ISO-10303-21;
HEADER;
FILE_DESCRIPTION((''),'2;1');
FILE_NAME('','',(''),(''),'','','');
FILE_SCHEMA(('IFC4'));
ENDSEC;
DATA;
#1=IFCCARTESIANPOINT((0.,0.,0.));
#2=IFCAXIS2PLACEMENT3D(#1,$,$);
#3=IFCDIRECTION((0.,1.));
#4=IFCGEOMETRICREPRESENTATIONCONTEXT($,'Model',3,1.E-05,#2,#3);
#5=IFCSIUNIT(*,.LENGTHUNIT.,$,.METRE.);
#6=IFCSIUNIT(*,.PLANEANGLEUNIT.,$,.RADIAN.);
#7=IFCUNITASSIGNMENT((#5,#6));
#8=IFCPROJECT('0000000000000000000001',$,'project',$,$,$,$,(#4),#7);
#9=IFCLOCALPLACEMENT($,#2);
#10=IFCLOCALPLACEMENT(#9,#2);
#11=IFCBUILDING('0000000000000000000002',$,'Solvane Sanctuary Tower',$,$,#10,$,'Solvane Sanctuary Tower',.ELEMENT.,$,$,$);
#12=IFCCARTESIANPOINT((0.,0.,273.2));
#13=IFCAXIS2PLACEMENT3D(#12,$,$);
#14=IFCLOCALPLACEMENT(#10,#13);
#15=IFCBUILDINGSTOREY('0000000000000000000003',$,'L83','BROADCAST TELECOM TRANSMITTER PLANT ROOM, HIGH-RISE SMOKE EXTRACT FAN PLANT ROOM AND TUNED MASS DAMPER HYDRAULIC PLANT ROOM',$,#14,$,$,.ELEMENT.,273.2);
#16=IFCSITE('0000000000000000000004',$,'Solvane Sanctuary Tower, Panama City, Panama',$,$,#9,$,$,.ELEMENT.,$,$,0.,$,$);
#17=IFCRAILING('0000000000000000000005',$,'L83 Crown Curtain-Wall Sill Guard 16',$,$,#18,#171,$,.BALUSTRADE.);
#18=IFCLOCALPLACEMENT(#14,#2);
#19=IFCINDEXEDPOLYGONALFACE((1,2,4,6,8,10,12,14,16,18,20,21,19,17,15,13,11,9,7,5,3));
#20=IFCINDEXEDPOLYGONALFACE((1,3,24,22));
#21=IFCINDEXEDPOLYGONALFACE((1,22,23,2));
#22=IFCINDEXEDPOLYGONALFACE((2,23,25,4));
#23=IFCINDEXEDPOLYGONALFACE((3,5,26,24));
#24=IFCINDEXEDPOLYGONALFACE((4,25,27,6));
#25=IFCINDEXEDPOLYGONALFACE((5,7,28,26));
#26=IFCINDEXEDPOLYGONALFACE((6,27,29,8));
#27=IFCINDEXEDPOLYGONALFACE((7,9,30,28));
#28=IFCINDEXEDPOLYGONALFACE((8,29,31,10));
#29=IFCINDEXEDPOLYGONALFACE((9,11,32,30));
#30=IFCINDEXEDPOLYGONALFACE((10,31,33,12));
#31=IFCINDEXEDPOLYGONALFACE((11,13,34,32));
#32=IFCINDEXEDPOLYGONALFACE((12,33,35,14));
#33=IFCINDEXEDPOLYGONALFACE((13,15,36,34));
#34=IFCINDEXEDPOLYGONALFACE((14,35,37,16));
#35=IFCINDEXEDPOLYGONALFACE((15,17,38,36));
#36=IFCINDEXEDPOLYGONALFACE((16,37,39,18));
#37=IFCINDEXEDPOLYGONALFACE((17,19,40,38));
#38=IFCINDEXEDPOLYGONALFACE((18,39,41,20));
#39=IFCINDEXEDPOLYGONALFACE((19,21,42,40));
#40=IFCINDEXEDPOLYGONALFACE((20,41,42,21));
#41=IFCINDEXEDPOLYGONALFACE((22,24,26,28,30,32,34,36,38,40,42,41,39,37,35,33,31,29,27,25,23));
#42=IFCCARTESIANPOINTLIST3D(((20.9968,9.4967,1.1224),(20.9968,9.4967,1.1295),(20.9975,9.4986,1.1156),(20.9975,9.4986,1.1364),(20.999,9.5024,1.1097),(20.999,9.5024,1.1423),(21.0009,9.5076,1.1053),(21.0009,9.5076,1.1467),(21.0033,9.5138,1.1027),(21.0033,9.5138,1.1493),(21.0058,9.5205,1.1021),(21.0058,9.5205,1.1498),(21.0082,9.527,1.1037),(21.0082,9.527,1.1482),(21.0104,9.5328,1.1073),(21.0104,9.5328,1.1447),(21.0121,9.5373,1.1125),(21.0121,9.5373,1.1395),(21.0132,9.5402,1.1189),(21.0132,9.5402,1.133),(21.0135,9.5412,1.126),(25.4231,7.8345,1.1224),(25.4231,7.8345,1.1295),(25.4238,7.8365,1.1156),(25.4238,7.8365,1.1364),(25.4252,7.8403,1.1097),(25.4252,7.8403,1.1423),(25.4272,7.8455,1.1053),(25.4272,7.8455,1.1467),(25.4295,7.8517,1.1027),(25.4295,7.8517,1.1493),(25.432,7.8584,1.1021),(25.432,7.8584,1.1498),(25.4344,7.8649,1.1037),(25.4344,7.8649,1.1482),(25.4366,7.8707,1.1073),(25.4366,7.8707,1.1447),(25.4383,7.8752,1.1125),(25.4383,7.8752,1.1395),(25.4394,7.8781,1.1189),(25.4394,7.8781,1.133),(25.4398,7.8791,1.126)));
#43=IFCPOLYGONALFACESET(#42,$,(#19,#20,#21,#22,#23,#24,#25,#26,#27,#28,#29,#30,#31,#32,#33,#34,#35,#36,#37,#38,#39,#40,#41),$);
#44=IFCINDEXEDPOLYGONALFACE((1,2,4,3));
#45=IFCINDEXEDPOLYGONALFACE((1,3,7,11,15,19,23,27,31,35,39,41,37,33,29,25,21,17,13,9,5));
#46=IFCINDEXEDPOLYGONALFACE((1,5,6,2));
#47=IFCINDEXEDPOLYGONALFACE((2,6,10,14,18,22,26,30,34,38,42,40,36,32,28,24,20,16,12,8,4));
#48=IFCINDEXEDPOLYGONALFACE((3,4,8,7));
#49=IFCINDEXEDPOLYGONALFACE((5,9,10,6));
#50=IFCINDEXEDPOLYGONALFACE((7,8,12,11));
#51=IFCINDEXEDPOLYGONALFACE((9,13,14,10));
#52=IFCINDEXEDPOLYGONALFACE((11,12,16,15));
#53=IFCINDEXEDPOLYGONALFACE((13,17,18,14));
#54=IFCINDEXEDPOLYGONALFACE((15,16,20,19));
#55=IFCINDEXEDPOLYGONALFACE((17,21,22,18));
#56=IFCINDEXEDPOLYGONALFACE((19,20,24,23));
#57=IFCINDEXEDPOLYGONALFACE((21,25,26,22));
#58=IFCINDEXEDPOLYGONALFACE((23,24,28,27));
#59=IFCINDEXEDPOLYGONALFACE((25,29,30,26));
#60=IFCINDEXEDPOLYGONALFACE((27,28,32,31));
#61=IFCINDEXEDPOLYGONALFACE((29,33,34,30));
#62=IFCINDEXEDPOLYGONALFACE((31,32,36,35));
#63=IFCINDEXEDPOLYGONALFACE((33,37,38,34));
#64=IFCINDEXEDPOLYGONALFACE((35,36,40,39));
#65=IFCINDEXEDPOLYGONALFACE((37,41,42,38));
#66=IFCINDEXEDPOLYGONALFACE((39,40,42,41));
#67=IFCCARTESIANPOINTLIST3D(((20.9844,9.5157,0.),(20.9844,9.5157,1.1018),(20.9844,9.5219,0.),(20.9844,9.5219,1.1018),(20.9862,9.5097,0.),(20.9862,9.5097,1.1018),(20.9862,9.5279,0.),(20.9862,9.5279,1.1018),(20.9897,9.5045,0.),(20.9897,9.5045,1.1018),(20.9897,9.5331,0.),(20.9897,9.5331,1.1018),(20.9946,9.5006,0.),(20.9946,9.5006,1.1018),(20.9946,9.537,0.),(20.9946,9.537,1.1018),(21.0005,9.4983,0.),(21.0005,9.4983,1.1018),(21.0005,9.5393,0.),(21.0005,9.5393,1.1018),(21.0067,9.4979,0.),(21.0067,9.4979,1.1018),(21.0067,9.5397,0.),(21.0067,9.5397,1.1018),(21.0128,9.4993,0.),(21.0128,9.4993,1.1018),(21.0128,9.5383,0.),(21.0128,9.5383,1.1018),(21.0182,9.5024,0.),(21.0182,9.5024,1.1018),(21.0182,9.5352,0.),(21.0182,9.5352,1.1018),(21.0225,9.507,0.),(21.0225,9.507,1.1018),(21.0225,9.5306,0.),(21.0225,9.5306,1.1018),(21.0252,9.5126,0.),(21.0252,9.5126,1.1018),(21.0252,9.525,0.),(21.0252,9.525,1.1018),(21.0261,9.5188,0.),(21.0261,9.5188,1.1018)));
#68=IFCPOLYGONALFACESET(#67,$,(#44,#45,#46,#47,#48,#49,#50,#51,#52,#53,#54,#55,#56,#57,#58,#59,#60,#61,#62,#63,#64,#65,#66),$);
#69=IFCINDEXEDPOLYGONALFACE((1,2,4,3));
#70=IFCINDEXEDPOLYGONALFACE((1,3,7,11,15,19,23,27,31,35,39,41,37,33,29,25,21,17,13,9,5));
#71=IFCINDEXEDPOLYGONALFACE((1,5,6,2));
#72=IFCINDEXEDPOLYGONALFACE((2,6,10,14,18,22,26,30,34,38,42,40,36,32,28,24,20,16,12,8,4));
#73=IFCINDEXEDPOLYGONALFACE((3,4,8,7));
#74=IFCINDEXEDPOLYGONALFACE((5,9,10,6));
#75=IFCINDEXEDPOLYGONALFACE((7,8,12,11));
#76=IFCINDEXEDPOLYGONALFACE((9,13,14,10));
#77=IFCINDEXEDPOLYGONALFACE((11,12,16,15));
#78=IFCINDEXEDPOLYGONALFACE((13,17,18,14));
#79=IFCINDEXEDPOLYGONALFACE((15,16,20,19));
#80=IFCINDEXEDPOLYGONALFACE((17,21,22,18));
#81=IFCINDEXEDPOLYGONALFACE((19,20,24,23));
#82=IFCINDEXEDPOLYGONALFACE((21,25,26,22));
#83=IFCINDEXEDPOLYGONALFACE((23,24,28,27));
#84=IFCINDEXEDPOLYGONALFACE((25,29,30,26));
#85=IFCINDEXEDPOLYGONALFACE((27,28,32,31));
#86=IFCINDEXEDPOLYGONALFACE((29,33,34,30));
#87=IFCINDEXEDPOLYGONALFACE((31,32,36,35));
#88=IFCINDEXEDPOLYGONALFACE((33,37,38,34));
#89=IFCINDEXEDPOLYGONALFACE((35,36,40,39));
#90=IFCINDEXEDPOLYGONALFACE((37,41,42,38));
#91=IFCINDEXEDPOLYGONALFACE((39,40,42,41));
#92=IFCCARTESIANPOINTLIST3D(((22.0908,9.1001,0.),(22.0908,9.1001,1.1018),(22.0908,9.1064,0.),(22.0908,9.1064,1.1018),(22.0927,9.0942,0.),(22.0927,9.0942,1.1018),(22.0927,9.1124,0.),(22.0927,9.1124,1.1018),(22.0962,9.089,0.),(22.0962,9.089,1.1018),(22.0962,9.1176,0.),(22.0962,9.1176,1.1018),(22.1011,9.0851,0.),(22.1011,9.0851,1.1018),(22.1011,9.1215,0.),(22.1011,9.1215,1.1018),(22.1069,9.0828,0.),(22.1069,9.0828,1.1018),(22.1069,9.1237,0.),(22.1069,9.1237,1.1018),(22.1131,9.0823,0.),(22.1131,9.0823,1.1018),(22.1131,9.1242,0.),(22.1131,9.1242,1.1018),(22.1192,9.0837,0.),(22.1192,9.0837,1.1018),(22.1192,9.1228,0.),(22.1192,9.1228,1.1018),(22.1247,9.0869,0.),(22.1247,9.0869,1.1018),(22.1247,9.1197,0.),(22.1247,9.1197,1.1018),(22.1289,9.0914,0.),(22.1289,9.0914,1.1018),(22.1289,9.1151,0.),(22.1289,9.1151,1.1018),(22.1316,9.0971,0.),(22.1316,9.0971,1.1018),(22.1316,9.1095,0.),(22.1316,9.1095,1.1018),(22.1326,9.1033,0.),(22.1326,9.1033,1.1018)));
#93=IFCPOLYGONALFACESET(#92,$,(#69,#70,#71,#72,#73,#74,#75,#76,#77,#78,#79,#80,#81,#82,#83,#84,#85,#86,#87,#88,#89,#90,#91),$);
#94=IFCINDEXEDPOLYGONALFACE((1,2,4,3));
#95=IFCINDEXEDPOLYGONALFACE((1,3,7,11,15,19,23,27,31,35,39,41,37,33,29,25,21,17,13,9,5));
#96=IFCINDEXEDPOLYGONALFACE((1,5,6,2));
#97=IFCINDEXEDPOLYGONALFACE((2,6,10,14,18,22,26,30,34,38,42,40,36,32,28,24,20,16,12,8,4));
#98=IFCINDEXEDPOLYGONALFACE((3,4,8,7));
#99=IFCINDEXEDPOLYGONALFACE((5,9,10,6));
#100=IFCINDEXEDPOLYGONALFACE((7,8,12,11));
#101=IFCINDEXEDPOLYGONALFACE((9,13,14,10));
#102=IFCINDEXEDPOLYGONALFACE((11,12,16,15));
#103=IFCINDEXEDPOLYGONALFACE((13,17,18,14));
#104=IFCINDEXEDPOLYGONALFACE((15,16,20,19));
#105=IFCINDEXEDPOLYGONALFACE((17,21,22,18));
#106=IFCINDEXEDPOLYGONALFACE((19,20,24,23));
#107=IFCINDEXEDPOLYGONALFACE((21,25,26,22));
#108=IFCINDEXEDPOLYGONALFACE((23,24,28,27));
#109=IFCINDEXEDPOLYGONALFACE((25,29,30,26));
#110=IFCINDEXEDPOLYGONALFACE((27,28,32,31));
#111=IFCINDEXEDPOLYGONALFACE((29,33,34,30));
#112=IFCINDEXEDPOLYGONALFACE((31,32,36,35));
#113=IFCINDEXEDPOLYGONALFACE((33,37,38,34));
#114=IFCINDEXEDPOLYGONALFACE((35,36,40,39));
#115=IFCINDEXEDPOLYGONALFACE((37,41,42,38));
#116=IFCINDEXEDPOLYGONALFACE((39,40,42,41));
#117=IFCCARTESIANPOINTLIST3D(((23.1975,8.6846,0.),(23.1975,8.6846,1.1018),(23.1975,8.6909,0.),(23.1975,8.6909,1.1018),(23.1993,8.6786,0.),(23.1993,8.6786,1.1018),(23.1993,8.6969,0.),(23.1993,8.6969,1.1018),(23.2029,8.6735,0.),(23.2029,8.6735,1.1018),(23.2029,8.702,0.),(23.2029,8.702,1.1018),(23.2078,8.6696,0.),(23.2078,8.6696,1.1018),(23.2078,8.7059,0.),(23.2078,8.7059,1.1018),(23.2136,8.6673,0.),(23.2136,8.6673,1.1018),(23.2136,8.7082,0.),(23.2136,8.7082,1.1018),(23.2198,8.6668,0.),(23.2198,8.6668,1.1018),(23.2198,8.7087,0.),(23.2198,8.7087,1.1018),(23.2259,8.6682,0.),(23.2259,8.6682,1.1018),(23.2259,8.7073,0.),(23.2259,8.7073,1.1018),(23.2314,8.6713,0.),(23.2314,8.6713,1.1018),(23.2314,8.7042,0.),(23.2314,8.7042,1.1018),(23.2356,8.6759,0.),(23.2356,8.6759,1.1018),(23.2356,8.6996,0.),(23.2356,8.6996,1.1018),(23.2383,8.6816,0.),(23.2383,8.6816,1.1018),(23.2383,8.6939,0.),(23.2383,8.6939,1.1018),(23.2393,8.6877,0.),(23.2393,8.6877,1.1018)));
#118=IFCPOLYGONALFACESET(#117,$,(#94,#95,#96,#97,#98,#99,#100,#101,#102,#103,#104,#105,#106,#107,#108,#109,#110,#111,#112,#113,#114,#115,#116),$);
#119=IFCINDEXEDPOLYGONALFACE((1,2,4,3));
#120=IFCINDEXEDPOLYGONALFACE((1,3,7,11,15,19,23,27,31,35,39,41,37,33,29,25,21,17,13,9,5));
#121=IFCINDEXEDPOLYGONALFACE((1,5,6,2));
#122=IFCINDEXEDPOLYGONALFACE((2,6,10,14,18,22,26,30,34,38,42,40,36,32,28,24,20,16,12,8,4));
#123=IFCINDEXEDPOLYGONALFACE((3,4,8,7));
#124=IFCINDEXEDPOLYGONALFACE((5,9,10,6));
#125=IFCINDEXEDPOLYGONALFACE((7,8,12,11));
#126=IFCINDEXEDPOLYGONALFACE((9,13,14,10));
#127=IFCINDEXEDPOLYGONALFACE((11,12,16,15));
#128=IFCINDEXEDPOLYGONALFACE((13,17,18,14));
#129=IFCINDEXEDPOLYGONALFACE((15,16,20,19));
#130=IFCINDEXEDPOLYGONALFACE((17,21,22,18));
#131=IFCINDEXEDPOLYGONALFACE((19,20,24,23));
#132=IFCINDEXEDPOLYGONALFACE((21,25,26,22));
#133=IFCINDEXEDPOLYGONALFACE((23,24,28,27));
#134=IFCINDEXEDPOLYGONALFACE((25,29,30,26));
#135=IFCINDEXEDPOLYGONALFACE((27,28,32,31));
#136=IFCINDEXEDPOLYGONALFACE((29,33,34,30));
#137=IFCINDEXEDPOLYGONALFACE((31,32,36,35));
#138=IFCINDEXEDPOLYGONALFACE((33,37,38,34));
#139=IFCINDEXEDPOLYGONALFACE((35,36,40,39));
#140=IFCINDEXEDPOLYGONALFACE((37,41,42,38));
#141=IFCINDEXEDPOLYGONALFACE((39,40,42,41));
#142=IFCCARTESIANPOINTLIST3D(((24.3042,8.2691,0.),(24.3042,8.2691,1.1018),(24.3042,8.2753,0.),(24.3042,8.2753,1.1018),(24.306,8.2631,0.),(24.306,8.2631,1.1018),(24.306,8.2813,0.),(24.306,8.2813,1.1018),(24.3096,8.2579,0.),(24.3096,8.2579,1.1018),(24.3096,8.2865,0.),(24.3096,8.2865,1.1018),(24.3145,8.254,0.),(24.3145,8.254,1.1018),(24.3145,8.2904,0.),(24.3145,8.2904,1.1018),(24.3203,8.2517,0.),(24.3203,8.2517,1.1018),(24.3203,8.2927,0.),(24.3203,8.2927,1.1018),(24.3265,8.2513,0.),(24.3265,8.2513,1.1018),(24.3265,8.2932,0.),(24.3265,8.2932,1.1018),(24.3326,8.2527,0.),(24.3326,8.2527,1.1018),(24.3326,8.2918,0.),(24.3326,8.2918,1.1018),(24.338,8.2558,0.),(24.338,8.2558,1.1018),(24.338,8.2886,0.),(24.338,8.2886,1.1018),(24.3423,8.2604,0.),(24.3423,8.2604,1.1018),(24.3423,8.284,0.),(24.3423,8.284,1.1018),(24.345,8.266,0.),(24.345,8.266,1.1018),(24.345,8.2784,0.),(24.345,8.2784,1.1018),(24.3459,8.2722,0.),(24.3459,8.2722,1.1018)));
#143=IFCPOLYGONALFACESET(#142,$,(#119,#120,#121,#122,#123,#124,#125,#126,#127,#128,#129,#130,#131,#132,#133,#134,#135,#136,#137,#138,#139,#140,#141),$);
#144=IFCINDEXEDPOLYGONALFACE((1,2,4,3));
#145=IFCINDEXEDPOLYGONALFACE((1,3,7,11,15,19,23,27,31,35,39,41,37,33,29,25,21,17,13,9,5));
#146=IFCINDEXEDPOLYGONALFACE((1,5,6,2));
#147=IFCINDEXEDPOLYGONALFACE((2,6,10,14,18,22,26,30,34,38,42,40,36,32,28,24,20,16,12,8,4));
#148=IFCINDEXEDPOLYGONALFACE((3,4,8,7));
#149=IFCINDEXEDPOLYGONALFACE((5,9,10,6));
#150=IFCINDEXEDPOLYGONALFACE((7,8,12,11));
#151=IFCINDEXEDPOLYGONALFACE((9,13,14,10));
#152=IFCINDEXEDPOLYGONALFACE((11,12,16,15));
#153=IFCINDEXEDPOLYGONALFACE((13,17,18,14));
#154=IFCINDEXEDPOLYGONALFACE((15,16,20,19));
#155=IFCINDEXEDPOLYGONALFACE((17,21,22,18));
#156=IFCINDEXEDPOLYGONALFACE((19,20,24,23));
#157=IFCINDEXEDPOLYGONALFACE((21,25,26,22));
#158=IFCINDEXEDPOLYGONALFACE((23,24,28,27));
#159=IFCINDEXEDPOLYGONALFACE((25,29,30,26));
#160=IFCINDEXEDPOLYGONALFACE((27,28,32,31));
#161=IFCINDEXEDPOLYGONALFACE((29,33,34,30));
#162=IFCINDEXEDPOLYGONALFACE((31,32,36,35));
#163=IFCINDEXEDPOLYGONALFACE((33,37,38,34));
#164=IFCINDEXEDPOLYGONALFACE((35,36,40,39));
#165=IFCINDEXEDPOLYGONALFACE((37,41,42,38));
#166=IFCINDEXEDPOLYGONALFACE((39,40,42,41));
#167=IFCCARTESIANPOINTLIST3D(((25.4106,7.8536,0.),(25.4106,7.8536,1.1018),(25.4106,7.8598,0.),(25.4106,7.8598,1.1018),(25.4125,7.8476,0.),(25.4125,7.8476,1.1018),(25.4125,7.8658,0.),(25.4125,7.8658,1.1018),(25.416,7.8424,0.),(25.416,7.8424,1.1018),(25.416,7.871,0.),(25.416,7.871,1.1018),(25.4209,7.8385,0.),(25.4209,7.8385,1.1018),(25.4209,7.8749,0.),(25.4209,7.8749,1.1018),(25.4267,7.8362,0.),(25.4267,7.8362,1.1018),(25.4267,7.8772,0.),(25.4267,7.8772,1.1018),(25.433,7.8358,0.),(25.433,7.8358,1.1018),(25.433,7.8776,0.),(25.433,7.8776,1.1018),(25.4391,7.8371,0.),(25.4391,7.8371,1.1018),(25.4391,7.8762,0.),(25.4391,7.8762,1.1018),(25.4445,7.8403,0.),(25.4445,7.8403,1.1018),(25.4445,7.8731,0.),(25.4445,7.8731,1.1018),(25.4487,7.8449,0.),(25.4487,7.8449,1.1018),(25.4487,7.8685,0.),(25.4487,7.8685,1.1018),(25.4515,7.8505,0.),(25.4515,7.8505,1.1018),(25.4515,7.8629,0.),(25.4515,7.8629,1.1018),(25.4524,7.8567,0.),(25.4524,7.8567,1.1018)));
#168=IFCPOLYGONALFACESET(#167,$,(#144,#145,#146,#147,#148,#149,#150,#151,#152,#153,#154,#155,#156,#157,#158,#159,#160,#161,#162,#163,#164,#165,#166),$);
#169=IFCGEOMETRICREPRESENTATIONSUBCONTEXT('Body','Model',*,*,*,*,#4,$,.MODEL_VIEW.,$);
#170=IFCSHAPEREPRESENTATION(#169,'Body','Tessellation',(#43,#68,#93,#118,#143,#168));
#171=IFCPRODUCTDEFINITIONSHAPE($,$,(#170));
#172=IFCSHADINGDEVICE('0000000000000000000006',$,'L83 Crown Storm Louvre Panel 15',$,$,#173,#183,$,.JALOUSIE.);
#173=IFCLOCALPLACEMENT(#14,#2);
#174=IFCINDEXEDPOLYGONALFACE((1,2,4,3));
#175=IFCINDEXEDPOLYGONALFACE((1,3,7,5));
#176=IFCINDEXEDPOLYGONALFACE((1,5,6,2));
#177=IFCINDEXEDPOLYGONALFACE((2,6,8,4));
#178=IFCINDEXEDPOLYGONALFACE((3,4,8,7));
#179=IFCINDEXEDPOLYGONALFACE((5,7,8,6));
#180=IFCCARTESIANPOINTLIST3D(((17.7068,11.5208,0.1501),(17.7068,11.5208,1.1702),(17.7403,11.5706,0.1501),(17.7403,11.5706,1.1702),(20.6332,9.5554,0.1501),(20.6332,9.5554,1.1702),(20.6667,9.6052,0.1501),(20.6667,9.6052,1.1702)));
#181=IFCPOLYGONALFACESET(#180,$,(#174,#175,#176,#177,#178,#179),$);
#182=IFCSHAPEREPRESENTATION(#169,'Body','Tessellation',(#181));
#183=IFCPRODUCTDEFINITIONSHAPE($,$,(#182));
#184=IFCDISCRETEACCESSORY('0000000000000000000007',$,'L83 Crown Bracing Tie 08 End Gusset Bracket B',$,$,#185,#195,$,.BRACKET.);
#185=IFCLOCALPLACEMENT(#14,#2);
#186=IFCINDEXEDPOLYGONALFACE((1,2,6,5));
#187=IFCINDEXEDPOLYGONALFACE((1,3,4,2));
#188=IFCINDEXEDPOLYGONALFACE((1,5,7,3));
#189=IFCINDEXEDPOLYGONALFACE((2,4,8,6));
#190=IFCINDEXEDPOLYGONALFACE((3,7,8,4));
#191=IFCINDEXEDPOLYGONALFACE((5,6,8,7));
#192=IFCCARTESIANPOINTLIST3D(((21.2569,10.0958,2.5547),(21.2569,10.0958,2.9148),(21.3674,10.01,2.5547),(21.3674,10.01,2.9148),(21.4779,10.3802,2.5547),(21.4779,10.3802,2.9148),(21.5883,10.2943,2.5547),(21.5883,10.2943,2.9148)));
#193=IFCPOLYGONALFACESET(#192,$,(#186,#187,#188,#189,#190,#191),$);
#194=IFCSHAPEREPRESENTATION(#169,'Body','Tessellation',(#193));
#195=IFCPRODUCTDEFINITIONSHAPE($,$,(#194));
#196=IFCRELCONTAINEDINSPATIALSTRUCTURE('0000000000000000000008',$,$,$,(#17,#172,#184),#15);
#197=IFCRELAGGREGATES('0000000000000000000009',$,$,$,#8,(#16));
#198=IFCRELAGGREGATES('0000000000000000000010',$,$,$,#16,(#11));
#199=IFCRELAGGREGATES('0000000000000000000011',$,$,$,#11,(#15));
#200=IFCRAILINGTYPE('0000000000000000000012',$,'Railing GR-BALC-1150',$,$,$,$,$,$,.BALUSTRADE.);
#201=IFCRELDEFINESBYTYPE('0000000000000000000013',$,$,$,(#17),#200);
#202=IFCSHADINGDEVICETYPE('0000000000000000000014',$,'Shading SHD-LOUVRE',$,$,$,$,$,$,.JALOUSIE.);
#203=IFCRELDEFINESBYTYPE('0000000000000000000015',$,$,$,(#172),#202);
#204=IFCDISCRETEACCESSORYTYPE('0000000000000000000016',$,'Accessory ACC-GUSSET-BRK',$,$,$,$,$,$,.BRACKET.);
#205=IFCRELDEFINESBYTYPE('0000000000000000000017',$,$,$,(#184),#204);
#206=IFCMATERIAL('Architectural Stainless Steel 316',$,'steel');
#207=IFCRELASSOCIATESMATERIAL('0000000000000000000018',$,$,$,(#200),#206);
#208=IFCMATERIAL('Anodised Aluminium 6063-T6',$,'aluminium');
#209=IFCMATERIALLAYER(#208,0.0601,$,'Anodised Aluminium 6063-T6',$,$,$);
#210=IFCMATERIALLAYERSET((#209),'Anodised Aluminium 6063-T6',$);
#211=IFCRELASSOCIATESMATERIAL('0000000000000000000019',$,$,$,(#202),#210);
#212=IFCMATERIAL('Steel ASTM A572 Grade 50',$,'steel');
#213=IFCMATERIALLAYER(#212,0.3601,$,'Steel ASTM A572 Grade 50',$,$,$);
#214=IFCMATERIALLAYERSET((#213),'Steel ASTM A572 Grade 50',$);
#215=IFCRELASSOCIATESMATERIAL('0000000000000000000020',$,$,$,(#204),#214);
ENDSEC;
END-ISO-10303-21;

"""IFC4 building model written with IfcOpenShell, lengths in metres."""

from ifc_helpers import new_model, si_unit, direction, frame, origin, origin_2d, place, context, subcontext, project, spatial, rectangle, circle, extrude, material, layer, layer_set, type_object, element, save


model = new_model("IFC4")

# Units and contexts
model_context = context("Model", 3, precision=1e-05, world=origin(), true_north=direction((0.0, 1.0)))
body_context = subcontext(model_context, "Body", "Model", "MODEL_VIEW")
ifc_project = project(units=[si_unit("LENGTHUNIT", "METRE"), si_unit("PLANEANGLEUNIT", "RADIAN")], contexts=[model_context])

# Site, building, storey
site_placement = place(None, origin())
site = spatial("IfcSite", under=ifc_project, at=site_placement, Name="Solvane Sanctuary Tower, Panama City, Panama", CompositionType="ELEMENT", RefElevation=0.0)
building_placement = place(site_placement, origin())
building = spatial("IfcBuilding", under=site, at=building_placement, Name="Solvane Sanctuary Tower", LongName="Solvane Sanctuary Tower", CompositionType="ELEMENT")
storey_placement = place(building_placement, frame((0.0, 0.0, 273.2)))
storey = spatial("IfcBuildingStorey", under=building, at=storey_placement, Name="L83", Description="BROADCAST TELECOM TRANSMITTER PLANT ROOM, HIGH-RISE SMOKE EXTRACT FAN PLANT ROOM AND TUNED MASS DAMPER HYDRAULIC PLANT ROOM", CompositionType="ELEMENT", Elevation=273.2)

# Shared definitions
ifc_material_1 = material(Name="Anodised Aluminium 6063-T6", Category="aluminium")

# Railing
ifc_material_2 = material(Name="Architectural Stainless Steel 316", Category="steel")
railing_type = type_object("IfcRailingType", Name="Railing GR-BALC-1150", PredefinedType="BALUSTRADE", material=ifc_material_2)
railing_1_placement = place(storey_placement, frame((21.0051, 9.5188, 0.0)))
element("IfcRailing", 1, at=railing_1_placement, inside=storey, type_object=railing_type, Name="L83 Crown Curtain-Wall Sill Guard 16", PredefinedType="BALUSTRADE", context=body_context, shape_type="SweptSolid", body=[
    extrude(circle(Radius=0.0239, at=origin_2d()), frame((0.0, 0.0, 1.126), z_axis=(0.936172, -0.351542, 0.0), x_axis=(0.351542, 0.936172, 0.0)), (0.0, 0.0, 1.0), 4.728),
    extrude(circle(Radius=0.021, at=origin_2d()), origin(), (0.0, 0.0, 1.0), 1.1018),
    extrude(circle(Radius=0.021, at=origin_2d()), frame((1.1064, -0.4155, 0.0)), (0.0, 0.0, 1.0), 1.1018),
    extrude(circle(Radius=0.021, at=origin_2d()), frame((2.2131, -0.8311, 0.0)), (0.0, 0.0, 1.0), 1.1018),
    extrude(circle(Radius=0.021, at=origin_2d()), frame((3.3198, -1.2466, 0.0)), (0.0, 0.0, 1.0), 1.1018),
    extrude(circle(Radius=0.021, at=origin_2d()), frame((4.4263, -1.6621, 0.0)), (0.0, 0.0, 1.0), 1.1018),
])

# Shading device
ifc_layer_1 = layer(ifc_material_1, 0.0601, Name="Anodised Aluminium 6063-T6")
ifc_layer_set_1 = layer_set([ifc_layer_1], Name="Anodised Aluminium 6063-T6")
shading_device_type = type_object("IfcShadingDeviceType", Name="Shading SHD-LOUVRE", PredefinedType="JALOUSIE", material=ifc_layer_set_1)
shading_device_placement = place(storey_placement, frame((19.1868, 10.563, 0.1501), z_axis=(0.0, 0.0, 1.0), x_axis=(0.830154, -0.557534, 0.0)))
element("IfcShadingDevice", 2, at=shading_device_placement, inside=storey, type_object=shading_device_type, Name="L83 Crown Storm Louvre Panel 15", PredefinedType="JALOUSIE", context=body_context, shape_type="SweptSolid", body=[
    extrude(rectangle(XDim=3.5251, YDim=0.0601, at=origin_2d()), origin(), (0.0, 0.0, 1.0), 1.02),
])

# Discrete accessory
ifc_material_3 = material(Name="Steel ASTM A572 Grade 50", Category="steel")
ifc_layer_2 = layer(ifc_material_3, 0.3601, Name="Steel ASTM A572 Grade 50")
ifc_layer_set_2 = layer_set([ifc_layer_2], Name="Steel ASTM A572 Grade 50")
discrete_accessory_type = type_object("IfcDiscreteAccessoryType", Name="Accessory ACC-GUSSET-BRK", PredefinedType="BRACKET", material=ifc_layer_set_2)
discrete_accessory_placement = place(storey_placement, frame((21.4226, 10.1951, 2.5547), z_axis=(0.0, 0.0, 1.0), x_axis=(-0.613596, -0.78962, 0.0)))
element("IfcDiscreteAccessory", 3, at=discrete_accessory_placement, inside=storey, type_object=discrete_accessory_type, Name="L83 Crown Bracing Tie 08 End Gusset Bracket B", PredefinedType="BRACKET", context=body_context, shape_type="SweptSolid", body=[
    extrude(rectangle(XDim=0.3601, YDim=0.1399, at=origin_2d()), origin(), (0.0, 0.0, 1.0), 0.3601),
])

save(model, "model.ifc")
